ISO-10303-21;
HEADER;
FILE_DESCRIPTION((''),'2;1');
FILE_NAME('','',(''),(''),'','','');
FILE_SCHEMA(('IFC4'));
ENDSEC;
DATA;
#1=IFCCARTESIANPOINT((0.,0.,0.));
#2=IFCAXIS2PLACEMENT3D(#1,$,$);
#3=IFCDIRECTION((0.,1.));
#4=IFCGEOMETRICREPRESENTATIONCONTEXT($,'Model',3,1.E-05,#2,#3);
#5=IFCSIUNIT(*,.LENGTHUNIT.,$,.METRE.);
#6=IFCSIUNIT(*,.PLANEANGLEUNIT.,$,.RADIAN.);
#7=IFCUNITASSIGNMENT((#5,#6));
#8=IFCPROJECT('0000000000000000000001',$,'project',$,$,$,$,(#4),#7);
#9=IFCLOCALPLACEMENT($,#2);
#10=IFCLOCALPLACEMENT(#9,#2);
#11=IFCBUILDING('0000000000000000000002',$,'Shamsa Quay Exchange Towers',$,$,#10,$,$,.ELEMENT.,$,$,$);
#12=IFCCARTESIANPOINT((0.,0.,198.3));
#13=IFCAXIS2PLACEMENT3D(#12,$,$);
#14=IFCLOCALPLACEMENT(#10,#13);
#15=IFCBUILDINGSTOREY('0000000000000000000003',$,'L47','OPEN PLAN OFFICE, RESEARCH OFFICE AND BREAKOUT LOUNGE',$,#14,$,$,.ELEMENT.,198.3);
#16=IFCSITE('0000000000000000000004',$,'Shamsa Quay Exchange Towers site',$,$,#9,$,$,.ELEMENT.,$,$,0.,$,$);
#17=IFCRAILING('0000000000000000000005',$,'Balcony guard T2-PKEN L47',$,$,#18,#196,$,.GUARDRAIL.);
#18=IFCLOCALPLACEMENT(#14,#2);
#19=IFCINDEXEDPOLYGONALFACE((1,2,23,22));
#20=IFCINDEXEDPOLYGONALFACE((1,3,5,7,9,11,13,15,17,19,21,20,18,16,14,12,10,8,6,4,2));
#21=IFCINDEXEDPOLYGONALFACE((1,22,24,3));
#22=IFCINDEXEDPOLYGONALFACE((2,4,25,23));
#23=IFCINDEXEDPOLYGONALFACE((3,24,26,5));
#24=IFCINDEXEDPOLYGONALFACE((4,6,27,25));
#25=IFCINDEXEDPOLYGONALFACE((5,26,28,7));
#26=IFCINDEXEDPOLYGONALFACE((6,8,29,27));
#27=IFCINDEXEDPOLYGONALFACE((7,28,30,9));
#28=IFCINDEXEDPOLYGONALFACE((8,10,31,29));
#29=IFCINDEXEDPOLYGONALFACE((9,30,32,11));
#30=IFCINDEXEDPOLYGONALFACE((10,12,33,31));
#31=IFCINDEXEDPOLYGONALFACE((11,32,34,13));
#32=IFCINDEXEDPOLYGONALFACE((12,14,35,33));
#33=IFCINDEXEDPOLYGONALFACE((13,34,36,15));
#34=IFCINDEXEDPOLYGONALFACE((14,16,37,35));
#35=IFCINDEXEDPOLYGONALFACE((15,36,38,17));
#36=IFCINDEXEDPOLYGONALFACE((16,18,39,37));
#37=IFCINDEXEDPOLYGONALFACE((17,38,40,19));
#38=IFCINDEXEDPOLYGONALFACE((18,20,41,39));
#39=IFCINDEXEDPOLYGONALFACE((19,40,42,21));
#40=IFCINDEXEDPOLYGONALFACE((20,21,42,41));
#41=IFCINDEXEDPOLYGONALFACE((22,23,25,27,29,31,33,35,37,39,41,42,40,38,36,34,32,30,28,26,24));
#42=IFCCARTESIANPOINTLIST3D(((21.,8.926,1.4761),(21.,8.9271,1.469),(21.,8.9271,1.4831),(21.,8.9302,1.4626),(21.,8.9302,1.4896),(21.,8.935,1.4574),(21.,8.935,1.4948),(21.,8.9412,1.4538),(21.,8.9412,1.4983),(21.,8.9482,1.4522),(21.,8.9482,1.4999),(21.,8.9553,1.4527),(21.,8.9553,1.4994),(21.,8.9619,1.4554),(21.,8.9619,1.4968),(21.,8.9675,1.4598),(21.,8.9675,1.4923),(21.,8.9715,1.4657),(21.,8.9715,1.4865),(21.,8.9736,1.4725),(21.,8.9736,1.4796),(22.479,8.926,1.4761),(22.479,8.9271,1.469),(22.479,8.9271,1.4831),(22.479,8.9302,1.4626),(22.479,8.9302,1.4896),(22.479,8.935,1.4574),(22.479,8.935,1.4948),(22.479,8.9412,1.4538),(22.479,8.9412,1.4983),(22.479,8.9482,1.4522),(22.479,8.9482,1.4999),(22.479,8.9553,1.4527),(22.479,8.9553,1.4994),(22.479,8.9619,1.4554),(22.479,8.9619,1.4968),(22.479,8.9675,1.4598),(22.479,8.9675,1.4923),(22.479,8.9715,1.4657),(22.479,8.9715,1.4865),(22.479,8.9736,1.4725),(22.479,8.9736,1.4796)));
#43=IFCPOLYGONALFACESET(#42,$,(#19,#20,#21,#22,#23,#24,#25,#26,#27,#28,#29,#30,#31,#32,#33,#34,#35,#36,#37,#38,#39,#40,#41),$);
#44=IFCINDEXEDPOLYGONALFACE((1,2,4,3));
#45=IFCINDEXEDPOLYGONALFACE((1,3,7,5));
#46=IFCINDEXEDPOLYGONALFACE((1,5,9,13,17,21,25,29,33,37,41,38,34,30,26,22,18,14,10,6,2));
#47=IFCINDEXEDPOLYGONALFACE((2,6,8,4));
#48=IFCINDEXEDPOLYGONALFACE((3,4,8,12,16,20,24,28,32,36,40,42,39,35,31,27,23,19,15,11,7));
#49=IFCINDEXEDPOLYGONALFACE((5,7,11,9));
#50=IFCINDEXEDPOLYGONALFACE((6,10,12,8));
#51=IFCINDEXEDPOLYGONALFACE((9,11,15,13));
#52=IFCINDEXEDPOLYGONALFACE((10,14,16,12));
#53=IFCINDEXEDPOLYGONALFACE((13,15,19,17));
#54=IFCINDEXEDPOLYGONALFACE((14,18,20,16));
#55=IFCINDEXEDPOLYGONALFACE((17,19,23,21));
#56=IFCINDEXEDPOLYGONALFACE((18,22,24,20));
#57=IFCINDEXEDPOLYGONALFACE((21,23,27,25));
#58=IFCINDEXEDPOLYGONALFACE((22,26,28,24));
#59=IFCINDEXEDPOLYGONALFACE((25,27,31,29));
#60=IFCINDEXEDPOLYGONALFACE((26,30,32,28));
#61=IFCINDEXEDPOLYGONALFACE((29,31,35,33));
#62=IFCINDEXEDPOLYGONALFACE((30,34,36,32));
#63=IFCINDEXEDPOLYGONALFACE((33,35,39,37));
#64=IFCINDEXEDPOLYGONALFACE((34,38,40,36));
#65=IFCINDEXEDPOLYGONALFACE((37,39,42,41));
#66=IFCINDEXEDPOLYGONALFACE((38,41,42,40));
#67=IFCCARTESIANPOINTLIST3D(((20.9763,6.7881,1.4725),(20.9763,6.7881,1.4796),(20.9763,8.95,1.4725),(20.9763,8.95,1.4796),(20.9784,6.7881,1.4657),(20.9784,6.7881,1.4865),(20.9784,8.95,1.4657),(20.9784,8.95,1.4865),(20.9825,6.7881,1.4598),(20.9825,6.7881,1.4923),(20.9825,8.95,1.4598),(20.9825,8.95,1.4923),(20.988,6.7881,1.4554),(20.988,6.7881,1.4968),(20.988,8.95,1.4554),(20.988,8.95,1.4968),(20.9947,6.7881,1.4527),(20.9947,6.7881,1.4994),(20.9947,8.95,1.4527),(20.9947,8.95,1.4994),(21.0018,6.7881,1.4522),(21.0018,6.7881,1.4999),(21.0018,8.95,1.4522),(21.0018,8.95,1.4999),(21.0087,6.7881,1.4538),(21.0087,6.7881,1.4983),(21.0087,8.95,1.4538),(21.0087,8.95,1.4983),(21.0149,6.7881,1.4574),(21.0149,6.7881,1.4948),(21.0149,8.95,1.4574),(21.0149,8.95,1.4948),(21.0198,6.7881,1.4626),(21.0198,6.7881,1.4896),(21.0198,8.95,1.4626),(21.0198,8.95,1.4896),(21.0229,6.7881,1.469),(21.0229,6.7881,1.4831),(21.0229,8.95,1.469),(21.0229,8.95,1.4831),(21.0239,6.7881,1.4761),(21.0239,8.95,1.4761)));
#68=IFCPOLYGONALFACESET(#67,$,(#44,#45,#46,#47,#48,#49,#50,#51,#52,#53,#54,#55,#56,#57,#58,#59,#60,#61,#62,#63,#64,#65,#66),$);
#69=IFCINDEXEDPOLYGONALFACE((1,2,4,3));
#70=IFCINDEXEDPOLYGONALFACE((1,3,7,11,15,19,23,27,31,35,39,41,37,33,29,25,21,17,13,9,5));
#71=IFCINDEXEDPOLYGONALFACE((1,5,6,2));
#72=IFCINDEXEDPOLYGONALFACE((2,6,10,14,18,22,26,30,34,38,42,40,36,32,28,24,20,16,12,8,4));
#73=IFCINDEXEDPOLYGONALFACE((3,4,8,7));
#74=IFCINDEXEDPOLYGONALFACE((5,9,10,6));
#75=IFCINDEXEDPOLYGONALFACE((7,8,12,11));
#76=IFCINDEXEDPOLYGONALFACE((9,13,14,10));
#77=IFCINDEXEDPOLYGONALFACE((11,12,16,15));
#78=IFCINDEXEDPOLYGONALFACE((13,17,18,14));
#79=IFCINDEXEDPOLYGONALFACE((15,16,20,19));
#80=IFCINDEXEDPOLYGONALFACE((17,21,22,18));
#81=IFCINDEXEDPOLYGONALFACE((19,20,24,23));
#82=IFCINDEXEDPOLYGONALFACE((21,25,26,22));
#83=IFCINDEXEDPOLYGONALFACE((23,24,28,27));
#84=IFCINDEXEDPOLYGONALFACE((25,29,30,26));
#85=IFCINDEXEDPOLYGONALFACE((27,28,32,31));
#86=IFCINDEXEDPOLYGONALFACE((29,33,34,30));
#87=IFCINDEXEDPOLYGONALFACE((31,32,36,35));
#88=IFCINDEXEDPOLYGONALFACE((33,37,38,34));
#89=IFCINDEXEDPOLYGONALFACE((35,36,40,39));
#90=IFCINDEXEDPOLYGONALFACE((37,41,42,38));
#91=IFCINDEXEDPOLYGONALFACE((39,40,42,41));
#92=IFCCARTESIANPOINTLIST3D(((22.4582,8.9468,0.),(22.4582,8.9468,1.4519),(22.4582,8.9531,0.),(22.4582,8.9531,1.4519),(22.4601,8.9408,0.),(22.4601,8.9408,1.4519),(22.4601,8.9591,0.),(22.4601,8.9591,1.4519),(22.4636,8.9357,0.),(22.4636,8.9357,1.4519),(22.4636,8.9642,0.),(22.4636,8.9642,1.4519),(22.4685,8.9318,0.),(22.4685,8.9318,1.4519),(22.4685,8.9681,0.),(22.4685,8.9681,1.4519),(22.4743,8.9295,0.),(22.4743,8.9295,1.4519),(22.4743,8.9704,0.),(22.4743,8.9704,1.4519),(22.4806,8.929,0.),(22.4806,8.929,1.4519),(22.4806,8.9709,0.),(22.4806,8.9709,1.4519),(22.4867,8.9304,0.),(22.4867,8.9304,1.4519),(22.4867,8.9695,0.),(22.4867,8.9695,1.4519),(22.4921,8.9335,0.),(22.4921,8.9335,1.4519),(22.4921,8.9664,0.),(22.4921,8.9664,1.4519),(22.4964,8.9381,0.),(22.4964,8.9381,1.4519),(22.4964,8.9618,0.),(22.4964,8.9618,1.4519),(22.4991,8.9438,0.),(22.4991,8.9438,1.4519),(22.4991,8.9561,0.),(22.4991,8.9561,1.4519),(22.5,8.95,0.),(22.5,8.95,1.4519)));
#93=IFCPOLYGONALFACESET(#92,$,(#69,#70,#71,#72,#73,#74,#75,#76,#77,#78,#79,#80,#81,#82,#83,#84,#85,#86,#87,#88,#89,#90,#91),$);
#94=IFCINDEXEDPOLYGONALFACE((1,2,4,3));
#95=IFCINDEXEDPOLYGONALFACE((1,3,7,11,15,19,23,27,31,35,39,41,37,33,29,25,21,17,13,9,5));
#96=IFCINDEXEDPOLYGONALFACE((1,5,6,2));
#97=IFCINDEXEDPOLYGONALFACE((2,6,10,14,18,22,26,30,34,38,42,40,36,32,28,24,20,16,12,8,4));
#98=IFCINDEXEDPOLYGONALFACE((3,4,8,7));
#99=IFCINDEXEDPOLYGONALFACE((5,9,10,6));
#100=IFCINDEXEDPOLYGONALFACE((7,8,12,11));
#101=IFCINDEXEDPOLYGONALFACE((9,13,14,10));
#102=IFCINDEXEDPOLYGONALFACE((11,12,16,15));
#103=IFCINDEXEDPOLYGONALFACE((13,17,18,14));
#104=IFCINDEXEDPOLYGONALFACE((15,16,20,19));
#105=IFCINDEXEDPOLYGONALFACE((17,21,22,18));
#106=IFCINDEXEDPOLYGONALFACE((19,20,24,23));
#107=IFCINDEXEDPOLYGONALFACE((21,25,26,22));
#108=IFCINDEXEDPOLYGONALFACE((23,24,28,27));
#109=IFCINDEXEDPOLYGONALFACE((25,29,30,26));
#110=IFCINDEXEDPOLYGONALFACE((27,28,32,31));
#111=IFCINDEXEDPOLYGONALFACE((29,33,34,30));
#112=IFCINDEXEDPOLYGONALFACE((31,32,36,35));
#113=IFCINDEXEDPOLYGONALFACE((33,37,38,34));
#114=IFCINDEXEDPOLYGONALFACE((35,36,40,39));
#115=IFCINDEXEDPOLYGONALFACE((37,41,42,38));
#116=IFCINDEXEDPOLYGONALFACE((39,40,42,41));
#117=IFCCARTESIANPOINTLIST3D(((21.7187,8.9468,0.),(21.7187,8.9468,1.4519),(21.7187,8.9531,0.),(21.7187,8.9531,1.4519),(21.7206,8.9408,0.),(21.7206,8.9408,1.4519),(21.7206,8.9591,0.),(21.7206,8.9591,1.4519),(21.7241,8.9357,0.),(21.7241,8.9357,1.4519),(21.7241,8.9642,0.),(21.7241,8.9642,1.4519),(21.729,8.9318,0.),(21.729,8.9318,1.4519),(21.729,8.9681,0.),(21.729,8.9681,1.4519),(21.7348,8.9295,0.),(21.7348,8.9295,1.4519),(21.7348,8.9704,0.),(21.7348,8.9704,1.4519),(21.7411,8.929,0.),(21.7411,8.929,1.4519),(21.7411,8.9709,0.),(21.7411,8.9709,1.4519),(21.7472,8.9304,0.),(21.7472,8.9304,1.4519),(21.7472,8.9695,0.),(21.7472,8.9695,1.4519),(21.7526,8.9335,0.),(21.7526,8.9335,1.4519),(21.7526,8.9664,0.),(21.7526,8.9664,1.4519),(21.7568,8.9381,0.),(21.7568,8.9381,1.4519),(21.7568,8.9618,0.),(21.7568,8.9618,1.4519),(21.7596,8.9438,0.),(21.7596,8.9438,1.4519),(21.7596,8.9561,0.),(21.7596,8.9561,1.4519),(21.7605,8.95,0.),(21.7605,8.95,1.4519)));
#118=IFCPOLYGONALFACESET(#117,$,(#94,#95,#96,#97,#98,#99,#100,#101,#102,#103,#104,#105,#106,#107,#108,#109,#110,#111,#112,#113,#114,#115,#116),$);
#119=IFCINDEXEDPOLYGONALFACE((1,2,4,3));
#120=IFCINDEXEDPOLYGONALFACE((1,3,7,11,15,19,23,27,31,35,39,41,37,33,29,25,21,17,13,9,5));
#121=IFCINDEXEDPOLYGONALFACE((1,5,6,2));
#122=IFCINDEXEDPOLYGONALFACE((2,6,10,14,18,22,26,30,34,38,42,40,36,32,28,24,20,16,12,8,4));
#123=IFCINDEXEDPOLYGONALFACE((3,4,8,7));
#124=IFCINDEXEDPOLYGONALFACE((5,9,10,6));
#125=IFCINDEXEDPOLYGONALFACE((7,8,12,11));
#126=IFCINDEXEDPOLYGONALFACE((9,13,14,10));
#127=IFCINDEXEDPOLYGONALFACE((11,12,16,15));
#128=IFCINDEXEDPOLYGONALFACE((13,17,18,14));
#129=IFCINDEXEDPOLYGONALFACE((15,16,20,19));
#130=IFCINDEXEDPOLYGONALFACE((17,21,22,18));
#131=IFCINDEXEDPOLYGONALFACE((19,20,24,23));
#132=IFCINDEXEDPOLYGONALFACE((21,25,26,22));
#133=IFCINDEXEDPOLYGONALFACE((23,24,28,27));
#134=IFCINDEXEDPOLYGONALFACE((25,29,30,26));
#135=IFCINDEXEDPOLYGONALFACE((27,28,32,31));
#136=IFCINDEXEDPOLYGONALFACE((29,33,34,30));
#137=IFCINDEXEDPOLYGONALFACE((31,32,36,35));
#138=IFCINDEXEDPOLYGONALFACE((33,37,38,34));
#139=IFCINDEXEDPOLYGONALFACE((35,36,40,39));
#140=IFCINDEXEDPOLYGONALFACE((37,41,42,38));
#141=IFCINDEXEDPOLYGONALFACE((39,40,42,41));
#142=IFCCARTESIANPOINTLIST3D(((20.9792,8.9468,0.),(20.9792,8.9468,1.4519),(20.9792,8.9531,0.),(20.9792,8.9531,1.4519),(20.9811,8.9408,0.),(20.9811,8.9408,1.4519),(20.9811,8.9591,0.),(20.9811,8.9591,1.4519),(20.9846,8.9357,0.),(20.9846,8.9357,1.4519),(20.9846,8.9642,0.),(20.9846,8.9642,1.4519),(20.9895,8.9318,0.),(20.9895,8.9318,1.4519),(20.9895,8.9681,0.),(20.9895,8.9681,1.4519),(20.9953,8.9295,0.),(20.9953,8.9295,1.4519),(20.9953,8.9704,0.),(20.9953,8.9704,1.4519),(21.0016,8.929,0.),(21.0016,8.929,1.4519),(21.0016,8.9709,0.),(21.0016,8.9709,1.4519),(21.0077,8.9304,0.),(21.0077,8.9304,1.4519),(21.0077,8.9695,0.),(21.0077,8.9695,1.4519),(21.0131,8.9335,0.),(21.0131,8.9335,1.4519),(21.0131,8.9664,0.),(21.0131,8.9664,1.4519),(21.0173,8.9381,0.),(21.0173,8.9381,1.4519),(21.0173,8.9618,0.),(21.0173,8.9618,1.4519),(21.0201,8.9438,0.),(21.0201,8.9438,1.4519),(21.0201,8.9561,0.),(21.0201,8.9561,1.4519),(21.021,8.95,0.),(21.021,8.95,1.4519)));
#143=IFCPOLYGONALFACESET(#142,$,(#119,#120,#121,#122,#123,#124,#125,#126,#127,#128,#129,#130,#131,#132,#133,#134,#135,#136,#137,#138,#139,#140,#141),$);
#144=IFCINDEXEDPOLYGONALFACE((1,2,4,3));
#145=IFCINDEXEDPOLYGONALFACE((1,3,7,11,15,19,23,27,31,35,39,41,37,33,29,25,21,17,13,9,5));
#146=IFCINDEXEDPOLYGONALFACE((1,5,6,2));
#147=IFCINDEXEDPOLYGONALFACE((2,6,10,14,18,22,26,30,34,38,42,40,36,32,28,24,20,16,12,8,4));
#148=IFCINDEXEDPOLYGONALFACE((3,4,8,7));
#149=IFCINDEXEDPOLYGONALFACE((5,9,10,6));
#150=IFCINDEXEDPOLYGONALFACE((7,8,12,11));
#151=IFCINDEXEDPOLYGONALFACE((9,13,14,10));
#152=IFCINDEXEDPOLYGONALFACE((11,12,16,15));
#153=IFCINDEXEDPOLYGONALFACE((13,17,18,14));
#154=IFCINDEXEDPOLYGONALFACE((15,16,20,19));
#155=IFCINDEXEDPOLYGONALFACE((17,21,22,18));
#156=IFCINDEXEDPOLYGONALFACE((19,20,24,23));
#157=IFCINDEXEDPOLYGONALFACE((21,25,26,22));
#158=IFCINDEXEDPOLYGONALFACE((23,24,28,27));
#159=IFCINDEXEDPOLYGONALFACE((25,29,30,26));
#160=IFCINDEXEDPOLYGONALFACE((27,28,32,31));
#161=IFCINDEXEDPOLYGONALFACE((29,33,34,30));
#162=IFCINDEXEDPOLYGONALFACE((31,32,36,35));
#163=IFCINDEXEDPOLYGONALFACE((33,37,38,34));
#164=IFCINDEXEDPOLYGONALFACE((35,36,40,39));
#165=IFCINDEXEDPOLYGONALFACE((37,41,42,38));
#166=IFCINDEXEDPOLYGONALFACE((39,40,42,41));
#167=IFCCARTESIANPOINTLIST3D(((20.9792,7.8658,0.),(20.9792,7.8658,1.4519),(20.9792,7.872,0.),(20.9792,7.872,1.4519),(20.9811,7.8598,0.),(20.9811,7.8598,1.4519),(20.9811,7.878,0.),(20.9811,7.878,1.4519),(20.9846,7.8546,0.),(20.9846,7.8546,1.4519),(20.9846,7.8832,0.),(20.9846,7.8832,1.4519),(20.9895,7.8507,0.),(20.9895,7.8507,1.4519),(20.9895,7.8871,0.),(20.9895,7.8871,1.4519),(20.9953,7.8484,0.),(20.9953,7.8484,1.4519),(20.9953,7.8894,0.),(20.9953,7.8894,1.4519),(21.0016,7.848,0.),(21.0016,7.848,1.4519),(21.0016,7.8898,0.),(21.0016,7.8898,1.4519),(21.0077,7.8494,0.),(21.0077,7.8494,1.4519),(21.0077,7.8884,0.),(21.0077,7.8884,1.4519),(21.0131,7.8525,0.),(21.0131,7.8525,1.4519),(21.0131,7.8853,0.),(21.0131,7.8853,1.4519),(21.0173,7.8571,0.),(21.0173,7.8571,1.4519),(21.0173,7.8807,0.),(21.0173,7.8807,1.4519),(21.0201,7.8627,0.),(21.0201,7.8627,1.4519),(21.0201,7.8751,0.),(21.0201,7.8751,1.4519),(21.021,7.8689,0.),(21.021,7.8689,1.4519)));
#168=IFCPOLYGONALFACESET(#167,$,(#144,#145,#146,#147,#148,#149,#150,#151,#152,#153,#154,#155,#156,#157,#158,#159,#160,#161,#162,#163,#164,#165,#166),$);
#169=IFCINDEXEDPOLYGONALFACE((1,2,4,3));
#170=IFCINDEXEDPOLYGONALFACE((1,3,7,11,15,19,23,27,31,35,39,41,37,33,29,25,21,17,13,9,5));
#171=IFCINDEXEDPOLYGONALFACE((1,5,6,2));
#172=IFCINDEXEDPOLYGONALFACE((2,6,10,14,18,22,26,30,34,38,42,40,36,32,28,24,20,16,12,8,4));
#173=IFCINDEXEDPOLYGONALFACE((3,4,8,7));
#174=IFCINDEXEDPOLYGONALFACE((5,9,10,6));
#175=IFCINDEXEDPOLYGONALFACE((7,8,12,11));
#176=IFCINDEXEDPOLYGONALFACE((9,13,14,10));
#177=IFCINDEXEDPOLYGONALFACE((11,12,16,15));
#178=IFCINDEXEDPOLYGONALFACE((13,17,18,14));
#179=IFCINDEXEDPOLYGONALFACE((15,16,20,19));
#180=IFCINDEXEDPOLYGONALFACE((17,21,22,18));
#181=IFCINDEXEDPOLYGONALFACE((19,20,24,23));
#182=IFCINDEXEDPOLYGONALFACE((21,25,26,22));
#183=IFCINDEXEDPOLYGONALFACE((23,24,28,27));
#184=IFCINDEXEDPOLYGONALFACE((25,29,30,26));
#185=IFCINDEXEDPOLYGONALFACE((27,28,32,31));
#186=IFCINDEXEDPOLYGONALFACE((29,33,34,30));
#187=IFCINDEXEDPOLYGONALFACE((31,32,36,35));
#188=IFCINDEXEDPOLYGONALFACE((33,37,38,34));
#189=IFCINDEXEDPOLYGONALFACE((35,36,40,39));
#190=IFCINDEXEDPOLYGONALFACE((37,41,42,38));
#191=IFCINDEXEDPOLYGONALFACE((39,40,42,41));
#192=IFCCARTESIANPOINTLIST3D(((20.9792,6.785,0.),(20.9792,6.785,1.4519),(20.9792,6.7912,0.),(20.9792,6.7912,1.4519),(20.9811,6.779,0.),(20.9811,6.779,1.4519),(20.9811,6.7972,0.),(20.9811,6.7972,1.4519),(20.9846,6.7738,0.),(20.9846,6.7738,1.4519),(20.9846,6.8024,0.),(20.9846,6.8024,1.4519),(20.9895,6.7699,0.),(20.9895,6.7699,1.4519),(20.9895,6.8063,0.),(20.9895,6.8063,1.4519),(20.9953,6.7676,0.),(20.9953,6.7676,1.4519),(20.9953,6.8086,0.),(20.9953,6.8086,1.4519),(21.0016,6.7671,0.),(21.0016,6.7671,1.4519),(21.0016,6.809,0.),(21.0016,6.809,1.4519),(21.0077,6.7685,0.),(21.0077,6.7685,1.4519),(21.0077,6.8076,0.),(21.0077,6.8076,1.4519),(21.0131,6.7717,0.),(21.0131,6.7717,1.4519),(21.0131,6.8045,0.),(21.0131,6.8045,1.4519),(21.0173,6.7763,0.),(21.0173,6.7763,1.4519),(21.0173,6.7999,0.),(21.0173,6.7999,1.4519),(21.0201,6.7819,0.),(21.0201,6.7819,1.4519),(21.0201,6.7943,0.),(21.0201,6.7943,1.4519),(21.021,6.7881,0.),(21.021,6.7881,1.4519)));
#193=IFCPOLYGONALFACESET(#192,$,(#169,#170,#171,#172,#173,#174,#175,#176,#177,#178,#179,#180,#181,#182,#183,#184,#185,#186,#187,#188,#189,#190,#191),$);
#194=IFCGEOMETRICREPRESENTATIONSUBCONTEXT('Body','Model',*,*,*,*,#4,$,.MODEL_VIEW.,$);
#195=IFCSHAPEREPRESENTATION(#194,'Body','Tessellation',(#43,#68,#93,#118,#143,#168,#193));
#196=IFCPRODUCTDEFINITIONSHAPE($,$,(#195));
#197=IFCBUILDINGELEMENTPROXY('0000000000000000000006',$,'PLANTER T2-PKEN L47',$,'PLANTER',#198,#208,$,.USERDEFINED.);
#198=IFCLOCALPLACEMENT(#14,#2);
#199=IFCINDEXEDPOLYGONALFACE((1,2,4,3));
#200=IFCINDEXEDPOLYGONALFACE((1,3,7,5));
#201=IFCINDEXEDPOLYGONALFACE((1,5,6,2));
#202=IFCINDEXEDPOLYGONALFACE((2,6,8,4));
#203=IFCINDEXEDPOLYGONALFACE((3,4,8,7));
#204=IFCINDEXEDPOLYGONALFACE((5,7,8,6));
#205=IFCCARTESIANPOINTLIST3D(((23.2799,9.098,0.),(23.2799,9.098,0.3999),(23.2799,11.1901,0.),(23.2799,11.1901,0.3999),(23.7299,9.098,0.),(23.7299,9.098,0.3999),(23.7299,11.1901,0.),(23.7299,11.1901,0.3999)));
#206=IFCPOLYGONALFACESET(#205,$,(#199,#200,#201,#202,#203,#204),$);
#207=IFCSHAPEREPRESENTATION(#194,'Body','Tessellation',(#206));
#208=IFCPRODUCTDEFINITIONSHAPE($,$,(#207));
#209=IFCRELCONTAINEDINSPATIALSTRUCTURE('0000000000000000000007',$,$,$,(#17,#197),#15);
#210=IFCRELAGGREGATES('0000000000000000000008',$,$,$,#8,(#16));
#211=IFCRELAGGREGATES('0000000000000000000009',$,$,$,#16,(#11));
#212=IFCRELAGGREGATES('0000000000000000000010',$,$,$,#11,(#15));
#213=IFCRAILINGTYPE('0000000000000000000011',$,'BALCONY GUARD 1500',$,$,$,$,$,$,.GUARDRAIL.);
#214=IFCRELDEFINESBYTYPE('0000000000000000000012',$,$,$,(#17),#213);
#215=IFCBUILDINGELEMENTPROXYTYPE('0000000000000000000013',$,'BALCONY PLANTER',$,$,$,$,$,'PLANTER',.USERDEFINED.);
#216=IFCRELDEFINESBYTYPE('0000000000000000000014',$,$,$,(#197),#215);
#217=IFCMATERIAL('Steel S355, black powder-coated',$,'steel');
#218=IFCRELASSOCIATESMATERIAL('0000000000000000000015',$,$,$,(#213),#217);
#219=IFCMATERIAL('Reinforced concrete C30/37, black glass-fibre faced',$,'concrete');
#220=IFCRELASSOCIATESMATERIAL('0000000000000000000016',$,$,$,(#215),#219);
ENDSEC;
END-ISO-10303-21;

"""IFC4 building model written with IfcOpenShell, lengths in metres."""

from ifc_helpers import new_model, si_unit, direction, frame, origin, origin_2d, place, context, subcontext, project, spatial, rectangle, circle, extrude, material, type_object, element, save


model = new_model("IFC4")

# Units and contexts
model_context = context("Model", 3, precision=1e-05, world=origin(), true_north=direction((0.0, 1.0)))
body_context = subcontext(model_context, "Body", "Model", "MODEL_VIEW")
ifc_project = project(units=[si_unit("LENGTHUNIT", "METRE"), si_unit("PLANEANGLEUNIT", "RADIAN")], contexts=[model_context])

# Site, building, storey
site_placement = place(None, origin())
site = spatial("IfcSite", under=ifc_project, at=site_placement, Name="Shamsa Quay Exchange Towers site", CompositionType="ELEMENT", RefElevation=0.0)
building_placement = place(site_placement, origin())
building = spatial("IfcBuilding", under=site, at=building_placement, Name="Shamsa Quay Exchange Towers", CompositionType="ELEMENT")
storey_placement = place(building_placement, frame((0.0, 0.0, 198.3)))
storey = spatial("IfcBuildingStorey", under=building, at=storey_placement, Name="L47", Description="OPEN PLAN OFFICE, RESEARCH OFFICE AND BREAKOUT LOUNGE", CompositionType="ELEMENT", Elevation=198.3)

# Railing
ifc_material_1 = material(Name="Steel S355, black powder-coated", Category="steel")
railing_type = type_object("IfcRailingType", Name="BALCONY GUARD 1500", PredefinedType="GUARDRAIL", material=ifc_material_1)
for number, where, name in (
    (1, (22.479, 8.95, 0.0), "Balcony guard T2-PKEN L47"),
):
    element("IfcRailing", number, at=place(storey_placement, frame(where)), inside=storey, type_object=railing_type, Name=name, PredefinedType="GUARDRAIL", context=body_context, shape_type="SweptSolid", body=[
        extrude(circle(Radius=0.0239, at=origin_2d()), frame((0.0, 0.0, 1.4761), z_axis=(-1.0, 0.0, 0.0), x_axis=(0.0, -1.0, 0.0)), (0.0, 0.0, 1.0), 1.479),
        extrude(circle(Radius=0.0239, at=origin_2d()), frame((-1.479, 0.0, 1.4761), z_axis=(0.0, -1.0, 0.0), x_axis=(1.0, 0.0, 0.0)), (0.0, 0.0, 1.0), 2.1619),
        extrude(circle(Radius=0.021, at=origin_2d()), origin(), (0.0, 0.0, 1.0), 1.4519),
        extrude(circle(Radius=0.021, at=origin_2d()), frame((-0.7395, 0.0, 0.0)), (0.0, 0.0, 1.0), 1.4519),
        extrude(circle(Radius=0.021, at=origin_2d()), frame((-1.479, 0.0, 0.0)), (0.0, 0.0, 1.0), 1.4519),
        extrude(circle(Radius=0.021, at=origin_2d()), frame((-1.479, -1.0811, 0.0)), (0.0, 0.0, 1.0), 1.4519),
        extrude(circle(Radius=0.021, at=origin_2d()), frame((-1.479, -2.1619, 0.0)), (0.0, 0.0, 1.0), 1.4519),
    ])

# Building element proxy
ifc_material_2 = material(Name="Reinforced concrete C30/37, black glass-fibre faced", Category="concrete")
building_element_proxy_type = type_object("IfcBuildingElementProxyType", Name="BALCONY PLANTER", ElementType="PLANTER", PredefinedType="USERDEFINED", material=ifc_material_2)
for number, where, z_axis, x_axis, name in (
    (2, (23.5049, 10.144, 0.0), (0.0, 0.0, 1.0), (0.0, -1.0, 0.0), "PLANTER T2-PKEN L47"),
):
    element("IfcBuildingElementProxy", number, at=place(storey_placement, frame(where, z_axis=z_axis, x_axis=x_axis)), inside=storey, type_object=building_element_proxy_type, Name=name, ObjectType="PLANTER", PredefinedType="USERDEFINED", context=body_context, shape_type="SweptSolid", body=[
        extrude(rectangle(XDim=2.092, YDim=0.45, at=origin_2d()), origin(), (0.0, 0.0, 1.0), 0.3999),
    ])

save(model, "model.ifc")
